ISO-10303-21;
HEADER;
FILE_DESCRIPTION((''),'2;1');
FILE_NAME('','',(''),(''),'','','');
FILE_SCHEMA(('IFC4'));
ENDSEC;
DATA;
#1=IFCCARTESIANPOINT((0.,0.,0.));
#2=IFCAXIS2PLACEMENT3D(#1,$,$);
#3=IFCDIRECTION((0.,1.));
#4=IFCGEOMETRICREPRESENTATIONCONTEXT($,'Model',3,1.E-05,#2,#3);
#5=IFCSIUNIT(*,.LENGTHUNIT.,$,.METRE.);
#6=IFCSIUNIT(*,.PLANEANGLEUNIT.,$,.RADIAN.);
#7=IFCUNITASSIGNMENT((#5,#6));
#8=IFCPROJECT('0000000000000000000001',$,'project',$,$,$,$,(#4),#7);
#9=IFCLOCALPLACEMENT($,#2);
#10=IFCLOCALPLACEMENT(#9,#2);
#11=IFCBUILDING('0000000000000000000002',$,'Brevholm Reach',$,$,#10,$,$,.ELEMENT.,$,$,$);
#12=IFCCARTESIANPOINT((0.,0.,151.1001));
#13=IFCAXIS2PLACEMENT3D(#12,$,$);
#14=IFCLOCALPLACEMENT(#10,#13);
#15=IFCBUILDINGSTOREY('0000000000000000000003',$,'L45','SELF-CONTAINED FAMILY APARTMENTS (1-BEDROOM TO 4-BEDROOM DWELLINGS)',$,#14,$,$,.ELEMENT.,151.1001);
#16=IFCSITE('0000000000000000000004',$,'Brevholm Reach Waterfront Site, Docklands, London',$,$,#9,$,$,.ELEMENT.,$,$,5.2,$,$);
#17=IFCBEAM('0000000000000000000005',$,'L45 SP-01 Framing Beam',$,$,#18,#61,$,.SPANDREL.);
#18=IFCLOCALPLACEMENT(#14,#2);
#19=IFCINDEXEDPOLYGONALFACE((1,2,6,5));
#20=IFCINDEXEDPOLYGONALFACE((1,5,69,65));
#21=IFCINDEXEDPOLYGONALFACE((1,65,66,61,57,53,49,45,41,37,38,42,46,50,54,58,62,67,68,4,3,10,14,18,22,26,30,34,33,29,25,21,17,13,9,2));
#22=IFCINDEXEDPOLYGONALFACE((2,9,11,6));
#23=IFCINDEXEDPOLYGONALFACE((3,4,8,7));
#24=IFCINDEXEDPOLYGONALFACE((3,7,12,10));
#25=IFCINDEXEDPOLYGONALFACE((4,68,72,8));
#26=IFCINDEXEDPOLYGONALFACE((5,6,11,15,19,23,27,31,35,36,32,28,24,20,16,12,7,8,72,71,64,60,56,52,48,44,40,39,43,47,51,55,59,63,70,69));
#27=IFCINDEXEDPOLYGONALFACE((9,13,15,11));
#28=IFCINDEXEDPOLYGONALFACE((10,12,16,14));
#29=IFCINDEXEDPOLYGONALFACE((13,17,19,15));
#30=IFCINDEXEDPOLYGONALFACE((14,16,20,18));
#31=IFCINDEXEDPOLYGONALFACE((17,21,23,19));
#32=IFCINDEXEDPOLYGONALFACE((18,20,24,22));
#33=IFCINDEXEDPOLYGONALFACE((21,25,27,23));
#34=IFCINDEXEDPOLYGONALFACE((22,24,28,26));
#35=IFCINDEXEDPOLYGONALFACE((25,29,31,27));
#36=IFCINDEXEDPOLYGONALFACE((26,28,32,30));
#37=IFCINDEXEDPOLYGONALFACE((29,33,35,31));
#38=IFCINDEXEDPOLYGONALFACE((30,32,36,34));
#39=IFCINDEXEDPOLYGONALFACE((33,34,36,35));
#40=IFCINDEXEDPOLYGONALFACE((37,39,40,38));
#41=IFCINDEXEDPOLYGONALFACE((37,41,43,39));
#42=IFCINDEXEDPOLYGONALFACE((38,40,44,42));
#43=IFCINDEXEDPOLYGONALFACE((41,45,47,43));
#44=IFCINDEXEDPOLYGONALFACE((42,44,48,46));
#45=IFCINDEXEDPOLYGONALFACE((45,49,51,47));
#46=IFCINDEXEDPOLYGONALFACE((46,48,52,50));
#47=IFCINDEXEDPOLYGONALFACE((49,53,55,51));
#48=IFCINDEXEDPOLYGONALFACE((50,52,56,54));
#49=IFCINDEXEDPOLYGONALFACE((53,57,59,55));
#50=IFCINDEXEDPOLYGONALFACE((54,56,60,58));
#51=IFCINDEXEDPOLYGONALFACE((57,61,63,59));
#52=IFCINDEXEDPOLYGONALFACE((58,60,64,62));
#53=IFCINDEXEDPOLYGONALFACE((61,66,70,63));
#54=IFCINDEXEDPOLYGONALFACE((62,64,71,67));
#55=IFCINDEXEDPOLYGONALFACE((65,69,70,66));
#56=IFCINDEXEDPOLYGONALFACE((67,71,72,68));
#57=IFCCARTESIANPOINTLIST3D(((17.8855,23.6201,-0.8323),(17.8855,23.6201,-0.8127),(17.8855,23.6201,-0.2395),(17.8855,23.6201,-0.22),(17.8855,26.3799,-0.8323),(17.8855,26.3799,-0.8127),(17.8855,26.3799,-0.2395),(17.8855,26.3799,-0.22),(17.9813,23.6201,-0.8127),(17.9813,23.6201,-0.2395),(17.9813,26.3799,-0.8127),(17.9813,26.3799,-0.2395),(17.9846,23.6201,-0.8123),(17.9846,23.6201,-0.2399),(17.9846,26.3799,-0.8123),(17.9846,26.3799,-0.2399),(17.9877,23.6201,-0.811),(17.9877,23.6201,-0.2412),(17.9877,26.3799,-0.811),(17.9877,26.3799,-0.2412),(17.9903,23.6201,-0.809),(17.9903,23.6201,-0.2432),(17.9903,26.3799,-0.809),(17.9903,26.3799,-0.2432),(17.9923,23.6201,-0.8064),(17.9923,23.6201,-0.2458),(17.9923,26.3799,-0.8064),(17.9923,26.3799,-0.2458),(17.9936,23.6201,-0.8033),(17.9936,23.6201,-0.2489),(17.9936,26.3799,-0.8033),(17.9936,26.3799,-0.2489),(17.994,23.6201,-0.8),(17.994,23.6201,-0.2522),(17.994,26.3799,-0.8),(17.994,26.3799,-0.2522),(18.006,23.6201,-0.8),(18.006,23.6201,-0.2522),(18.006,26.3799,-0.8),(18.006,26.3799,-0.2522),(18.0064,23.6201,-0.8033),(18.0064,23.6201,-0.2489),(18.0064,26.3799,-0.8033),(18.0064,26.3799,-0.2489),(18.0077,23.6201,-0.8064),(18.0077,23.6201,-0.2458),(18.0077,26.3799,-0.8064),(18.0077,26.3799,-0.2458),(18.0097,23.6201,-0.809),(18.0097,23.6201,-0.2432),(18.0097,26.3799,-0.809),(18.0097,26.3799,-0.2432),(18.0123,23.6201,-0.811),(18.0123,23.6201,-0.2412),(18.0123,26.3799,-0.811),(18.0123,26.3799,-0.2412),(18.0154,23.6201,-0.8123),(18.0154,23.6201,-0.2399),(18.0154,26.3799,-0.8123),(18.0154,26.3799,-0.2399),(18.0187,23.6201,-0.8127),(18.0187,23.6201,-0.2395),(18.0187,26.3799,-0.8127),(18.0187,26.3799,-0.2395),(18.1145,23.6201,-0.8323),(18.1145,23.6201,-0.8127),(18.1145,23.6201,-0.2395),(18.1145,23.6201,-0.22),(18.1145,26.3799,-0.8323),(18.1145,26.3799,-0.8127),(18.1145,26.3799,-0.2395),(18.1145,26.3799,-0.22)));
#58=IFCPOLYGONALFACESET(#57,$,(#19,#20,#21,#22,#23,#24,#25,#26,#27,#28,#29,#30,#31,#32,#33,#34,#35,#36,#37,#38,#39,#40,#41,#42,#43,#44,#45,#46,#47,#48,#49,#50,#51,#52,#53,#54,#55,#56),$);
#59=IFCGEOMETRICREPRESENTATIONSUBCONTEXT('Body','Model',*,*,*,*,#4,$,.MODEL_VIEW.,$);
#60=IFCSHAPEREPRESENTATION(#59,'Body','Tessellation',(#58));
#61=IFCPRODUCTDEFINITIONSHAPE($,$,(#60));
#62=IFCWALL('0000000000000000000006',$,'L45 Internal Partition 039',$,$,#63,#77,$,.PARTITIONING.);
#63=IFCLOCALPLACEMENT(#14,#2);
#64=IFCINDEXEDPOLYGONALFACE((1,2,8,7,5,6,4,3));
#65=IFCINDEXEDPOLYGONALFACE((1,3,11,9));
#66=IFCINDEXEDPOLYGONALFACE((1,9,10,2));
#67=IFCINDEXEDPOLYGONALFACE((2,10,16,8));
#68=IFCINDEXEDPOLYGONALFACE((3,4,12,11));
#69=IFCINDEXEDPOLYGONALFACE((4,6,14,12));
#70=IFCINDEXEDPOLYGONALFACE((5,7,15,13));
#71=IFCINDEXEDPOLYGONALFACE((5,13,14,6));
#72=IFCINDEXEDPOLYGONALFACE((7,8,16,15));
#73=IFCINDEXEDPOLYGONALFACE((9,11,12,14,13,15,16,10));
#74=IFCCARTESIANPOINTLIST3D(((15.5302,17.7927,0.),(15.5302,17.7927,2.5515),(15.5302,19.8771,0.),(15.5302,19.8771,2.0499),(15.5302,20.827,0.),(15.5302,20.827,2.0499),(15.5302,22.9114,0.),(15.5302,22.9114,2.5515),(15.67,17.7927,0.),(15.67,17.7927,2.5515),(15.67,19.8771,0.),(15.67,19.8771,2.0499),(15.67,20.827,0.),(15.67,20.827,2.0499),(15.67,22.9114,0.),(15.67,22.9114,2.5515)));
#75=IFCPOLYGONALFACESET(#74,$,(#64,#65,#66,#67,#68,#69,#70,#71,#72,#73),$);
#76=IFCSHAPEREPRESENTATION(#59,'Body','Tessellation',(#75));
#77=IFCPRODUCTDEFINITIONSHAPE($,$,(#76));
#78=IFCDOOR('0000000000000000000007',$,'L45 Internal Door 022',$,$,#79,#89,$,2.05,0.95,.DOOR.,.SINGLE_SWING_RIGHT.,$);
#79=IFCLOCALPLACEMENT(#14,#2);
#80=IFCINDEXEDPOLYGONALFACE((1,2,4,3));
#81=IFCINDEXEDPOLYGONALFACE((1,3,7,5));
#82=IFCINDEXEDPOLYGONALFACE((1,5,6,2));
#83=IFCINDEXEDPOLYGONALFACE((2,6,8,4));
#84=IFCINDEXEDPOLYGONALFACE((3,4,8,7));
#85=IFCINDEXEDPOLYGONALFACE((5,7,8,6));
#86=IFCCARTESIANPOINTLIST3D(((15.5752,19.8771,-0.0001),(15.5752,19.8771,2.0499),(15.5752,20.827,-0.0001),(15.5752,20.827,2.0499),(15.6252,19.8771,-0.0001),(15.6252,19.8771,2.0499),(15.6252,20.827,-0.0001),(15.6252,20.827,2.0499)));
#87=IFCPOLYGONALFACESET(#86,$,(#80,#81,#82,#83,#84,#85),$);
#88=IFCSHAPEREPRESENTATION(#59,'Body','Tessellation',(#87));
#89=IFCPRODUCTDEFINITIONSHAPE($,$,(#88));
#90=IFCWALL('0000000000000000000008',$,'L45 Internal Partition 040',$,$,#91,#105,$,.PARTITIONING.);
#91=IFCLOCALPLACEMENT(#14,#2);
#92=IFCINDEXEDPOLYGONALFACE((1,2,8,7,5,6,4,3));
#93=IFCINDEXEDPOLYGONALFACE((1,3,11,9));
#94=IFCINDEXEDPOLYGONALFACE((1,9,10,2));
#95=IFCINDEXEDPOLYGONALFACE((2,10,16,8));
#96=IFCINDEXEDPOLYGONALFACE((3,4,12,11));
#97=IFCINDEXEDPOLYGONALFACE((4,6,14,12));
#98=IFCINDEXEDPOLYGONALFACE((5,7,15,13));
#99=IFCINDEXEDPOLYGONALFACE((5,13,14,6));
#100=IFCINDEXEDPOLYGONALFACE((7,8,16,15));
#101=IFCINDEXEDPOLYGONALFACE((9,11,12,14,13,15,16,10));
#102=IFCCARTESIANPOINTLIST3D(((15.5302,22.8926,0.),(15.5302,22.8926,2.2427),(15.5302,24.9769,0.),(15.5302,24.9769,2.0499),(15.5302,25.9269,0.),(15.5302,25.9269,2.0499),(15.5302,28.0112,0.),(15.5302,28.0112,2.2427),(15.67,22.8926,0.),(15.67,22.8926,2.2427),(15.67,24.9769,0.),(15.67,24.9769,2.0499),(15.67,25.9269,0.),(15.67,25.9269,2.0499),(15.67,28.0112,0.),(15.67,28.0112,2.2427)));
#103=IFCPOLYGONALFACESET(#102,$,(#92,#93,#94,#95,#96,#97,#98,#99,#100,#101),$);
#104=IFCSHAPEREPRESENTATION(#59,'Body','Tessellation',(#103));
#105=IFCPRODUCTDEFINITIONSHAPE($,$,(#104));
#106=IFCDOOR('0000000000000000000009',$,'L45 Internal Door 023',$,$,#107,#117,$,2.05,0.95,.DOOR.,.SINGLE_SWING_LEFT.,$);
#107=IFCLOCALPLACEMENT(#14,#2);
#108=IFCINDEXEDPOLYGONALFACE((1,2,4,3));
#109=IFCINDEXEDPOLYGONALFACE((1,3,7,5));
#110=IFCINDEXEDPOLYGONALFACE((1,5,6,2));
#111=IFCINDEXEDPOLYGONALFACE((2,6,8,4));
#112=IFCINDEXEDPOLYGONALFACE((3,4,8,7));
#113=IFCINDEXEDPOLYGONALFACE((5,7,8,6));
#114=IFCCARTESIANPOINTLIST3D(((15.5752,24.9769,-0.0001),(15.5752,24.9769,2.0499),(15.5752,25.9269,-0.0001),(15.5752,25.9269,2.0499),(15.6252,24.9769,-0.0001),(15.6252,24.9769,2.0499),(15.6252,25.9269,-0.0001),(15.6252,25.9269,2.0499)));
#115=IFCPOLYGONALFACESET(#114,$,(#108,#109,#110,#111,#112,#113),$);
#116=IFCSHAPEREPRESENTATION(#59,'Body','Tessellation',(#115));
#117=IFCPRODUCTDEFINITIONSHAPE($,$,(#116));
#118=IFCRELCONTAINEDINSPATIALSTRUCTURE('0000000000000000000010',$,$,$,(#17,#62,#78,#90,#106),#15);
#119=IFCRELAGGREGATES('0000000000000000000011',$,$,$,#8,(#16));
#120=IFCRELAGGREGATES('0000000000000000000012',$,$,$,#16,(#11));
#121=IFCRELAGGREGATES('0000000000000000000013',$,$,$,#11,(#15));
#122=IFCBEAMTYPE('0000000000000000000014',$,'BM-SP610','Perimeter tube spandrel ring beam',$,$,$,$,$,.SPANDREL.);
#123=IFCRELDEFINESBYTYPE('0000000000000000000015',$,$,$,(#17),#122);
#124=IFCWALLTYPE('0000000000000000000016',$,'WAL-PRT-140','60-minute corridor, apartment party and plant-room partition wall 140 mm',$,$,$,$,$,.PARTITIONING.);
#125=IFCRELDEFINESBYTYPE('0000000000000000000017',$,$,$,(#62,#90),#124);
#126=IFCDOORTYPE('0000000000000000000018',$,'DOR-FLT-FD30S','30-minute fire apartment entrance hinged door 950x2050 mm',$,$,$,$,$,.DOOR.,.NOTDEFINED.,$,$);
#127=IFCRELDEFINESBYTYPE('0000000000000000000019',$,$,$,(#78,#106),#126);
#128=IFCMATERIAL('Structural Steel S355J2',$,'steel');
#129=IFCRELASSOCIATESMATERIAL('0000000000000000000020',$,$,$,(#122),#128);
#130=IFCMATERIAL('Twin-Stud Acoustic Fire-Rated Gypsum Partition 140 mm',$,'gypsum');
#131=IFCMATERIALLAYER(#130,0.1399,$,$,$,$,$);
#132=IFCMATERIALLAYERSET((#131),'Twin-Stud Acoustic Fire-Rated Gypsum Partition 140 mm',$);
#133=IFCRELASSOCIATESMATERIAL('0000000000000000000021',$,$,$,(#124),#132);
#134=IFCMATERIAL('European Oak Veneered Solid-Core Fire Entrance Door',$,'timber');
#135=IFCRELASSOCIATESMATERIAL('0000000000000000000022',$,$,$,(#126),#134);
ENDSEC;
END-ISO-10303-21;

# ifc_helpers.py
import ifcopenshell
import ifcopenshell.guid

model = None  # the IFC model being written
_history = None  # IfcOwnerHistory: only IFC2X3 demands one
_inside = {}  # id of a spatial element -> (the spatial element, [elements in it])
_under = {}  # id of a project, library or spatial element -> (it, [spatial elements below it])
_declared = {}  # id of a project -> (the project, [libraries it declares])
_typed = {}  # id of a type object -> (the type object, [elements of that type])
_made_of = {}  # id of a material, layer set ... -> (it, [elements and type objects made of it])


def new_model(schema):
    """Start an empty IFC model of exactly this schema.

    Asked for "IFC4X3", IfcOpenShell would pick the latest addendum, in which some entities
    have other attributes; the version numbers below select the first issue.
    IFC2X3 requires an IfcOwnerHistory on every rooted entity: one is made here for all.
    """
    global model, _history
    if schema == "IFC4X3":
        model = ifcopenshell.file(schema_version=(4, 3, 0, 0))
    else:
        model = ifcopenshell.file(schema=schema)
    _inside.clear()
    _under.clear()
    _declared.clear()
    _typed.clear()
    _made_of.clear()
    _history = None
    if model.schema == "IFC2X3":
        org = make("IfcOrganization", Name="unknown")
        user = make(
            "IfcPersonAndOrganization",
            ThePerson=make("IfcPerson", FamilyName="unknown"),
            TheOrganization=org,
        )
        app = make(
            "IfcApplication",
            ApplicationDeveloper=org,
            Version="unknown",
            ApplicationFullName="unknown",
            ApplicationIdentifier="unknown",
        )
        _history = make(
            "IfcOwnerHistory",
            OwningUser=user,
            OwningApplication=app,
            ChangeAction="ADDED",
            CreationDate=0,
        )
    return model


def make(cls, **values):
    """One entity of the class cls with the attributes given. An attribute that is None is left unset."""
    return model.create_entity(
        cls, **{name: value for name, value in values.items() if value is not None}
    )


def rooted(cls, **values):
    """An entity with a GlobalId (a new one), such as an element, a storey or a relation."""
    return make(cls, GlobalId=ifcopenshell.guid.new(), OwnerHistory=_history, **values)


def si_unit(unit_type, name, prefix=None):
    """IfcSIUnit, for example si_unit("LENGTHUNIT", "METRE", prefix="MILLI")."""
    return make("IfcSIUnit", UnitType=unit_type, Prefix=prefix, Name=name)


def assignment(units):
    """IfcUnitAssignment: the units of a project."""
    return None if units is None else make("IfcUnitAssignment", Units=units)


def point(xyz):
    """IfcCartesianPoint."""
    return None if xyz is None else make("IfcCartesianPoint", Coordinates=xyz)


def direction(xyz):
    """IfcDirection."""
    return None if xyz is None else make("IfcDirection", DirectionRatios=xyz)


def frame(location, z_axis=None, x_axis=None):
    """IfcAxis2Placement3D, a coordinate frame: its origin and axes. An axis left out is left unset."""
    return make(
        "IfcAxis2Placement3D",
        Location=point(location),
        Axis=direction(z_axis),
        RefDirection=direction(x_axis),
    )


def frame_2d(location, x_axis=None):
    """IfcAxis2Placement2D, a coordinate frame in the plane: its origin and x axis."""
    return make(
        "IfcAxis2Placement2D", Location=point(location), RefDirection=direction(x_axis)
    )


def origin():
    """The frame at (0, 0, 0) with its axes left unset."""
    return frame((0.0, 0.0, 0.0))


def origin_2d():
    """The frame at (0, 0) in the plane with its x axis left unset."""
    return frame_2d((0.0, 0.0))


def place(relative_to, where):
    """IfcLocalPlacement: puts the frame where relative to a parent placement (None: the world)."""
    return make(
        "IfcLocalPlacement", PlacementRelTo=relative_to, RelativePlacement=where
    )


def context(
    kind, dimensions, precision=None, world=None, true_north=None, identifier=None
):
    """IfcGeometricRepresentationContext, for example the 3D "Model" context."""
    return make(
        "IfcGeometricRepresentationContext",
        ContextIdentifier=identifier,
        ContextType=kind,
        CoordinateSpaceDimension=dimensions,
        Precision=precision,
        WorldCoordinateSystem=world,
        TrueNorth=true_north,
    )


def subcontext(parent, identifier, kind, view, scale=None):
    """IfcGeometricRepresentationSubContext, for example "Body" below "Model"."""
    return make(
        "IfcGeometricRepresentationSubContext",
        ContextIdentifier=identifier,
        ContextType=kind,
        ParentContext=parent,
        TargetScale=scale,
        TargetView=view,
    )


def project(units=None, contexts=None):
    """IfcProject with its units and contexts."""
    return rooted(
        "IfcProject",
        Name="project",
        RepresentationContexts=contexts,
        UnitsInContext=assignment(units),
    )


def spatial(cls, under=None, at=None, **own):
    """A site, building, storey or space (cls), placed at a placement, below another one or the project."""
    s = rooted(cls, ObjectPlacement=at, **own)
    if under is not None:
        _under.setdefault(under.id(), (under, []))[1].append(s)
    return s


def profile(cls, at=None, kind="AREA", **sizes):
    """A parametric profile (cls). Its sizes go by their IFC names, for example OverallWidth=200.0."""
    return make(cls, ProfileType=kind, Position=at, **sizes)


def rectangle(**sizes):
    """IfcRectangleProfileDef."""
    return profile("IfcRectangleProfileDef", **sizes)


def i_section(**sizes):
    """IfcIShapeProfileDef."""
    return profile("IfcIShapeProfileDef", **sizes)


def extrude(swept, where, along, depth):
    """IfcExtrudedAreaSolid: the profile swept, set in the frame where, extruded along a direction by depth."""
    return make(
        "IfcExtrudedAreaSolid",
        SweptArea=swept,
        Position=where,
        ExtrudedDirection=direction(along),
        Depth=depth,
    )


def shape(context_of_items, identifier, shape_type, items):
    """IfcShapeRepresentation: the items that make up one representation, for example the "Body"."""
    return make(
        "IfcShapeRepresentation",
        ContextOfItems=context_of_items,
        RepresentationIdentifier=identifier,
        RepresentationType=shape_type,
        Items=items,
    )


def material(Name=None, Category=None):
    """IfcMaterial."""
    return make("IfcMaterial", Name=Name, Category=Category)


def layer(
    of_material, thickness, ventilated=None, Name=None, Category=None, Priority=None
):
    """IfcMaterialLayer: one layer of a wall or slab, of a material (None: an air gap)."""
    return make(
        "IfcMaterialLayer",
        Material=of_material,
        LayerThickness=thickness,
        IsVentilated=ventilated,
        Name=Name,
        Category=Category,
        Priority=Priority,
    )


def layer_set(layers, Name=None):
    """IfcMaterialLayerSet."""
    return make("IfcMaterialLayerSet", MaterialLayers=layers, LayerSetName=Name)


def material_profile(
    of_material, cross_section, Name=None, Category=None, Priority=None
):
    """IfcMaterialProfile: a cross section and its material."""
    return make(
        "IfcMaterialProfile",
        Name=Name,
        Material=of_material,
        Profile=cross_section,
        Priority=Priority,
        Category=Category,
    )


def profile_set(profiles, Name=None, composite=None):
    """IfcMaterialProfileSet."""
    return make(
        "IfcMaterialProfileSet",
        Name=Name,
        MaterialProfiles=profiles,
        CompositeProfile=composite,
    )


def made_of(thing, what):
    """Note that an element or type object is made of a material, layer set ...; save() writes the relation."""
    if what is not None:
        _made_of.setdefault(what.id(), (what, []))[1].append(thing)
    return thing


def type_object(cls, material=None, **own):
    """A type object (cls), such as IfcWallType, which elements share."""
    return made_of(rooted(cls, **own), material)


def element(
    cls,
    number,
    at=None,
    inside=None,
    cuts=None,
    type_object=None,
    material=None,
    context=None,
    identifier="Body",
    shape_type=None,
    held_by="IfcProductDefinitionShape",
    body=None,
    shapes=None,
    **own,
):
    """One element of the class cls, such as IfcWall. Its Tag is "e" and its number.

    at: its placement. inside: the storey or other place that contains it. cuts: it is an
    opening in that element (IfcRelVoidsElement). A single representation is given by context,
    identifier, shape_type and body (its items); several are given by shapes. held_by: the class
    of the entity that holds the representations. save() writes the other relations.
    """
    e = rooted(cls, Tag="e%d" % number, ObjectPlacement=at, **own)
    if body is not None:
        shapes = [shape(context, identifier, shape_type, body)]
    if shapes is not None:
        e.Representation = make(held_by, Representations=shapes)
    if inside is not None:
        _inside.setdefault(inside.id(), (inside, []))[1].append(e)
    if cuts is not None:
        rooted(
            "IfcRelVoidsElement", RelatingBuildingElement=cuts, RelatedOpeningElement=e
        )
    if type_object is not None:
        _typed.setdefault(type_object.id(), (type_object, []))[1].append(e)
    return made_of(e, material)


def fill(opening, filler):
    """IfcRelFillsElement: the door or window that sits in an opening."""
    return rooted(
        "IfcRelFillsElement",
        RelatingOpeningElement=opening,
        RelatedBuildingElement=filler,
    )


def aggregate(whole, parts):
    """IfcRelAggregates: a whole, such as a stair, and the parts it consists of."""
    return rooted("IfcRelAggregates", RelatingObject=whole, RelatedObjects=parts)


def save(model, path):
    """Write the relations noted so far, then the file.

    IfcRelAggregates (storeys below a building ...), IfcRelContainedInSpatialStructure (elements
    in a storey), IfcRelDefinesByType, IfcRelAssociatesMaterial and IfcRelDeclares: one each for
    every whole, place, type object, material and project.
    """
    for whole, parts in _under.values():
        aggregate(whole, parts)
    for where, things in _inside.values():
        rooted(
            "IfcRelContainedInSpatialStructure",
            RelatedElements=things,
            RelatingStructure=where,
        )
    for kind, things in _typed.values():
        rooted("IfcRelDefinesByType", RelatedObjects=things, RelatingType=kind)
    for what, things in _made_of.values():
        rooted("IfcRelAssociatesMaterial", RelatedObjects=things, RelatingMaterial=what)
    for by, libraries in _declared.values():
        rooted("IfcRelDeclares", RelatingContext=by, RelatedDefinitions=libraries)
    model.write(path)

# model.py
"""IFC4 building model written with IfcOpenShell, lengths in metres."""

from ifc_helpers import new_model, si_unit, direction, frame, frame_2d, origin, origin_2d, place, context, subcontext, project, spatial, rectangle, i_section, extrude, material, layer, layer_set, material_profile, profile_set, type_object, element, fill, save


model = new_model("IFC4")

# Units and contexts
model_context = context("Model", 3, precision=1e-05, world=origin(), true_north=direction((0.0, 1.0)))
body_context = subcontext(model_context, "Body", "Model", "MODEL_VIEW")
ifc_project = project(units=[si_unit("LENGTHUNIT", "METRE"), si_unit("PLANEANGLEUNIT", "RADIAN")], contexts=[model_context])

# Site, building, storey
site_placement = place(None, origin())
site = spatial("IfcSite", under=ifc_project, at=site_placement, Name="Brevholm Reach Waterfront Site, Docklands, London", CompositionType="ELEMENT", RefElevation=5.2)
building_placement = place(site_placement, origin())
building = spatial("IfcBuilding", under=site, at=building_placement, Name="Brevholm Reach", CompositionType="ELEMENT")
storey_placement = place(building_placement, frame((0.0, 0.0, 151.1001)))
storey = spatial("IfcBuildingStorey", under=building, at=storey_placement, Name="L45", Description="SELF-CONTAINED FAMILY APARTMENTS (1-BEDROOM TO 4-BEDROOM DWELLINGS)", CompositionType="ELEMENT", Elevation=151.1001)

# Beam
ifc_material_1 = material(Name="Structural Steel S355J2", Category="steel")
ifc_material_profile_1 = material_profile(ifc_material_1, i_section(OverallWidth=0.229, OverallDepth=0.6123, WebThickness=0.012, FlangeThickness=0.0195, FilletRadius=0.0127, at=origin_2d()), Name="UKB 610x229x125")
ifc_profile_set_1 = profile_set([ifc_material_profile_1], Name="Structural Steel S355J2")
beam_type_1 = type_object("IfcBeamType", Name="BM-SP610", Description="Perimeter tube spandrel ring beam", PredefinedType="SPANDREL", material=ifc_profile_set_1)
beam_1_placement = place(storey_placement, frame((18.0, 23.6201, -0.5261), z_axis=(0.0, 1.0, 0.0), x_axis=(-1.0, 0.0, 0.0)))
element("IfcBeam", 1, at=beam_1_placement, inside=storey, type_object=beam_type_1, Name="L45 SP-01 Framing Beam", PredefinedType="SPANDREL", context=body_context, shape_type="SweptSolid", body=[
    extrude(i_section(OverallWidth=0.229, OverallDepth=0.6123, WebThickness=0.012, FlangeThickness=0.0195, FilletRadius=0.0127, at=origin_2d()), origin(), (0.0, 0.0, 1.0), 2.7598),
])

# Walls, openings, doors
ifc_material_2 = material(Name="Twin-Stud Acoustic Fire-Rated Gypsum Partition 140 mm", Category="gypsum")
ifc_layer = layer(ifc_material_2, 0.1399)
ifc_layer_set = layer_set([ifc_layer], Name="Twin-Stud Acoustic Fire-Rated Gypsum Partition 140 mm")
wall_type = type_object("IfcWallType", Name="WAL-PRT-140", Description="60-minute corridor, apartment party and plant-room partition wall 140 mm", PredefinedType="PARTITIONING", material=ifc_layer_set)
wall_1_placement = place(storey_placement, frame((15.6001, 17.7927, 0.0), z_axis=(0.0, 0.0, 1.0), x_axis=(0.0, 1.0, 0.0)))
wall_1 = element("IfcWall", 2, at=wall_1_placement, inside=storey, type_object=wall_type, Name="L45 Internal Partition 039", PredefinedType="PARTITIONING", context=body_context, shape_type="SweptSolid", body=[
    extrude(rectangle(XDim=5.1187, YDim=0.1399, at=frame_2d((2.5593, 0.0))), origin(), (0.0, 0.0, 1.0), 2.5515),
])
opening_1_placement = place(wall_1_placement, frame((2.0842, 0.0, 0.0)))
opening_1 = element("IfcOpeningElement", 3, at=opening_1_placement, cuts=wall_1, PredefinedType="OPENING", context=body_context, shape_type="SweptSolid", body=[
    extrude(rectangle(XDim=0.95, YDim=2.05, at=frame_2d((0.4751, 1.0249))), frame((0.0, 0.0798, 0.0), z_axis=(0.0, -1.0, 0.0), x_axis=(1.0, 0.0, 0.0)), (0.0, 0.0, 1.0), 0.1599),
])
ifc_material_3 = material(Name="European Oak Veneered Solid-Core Fire Entrance Door", Category="timber")
door_type = type_object("IfcDoorType", Name="DOR-FLT-FD30S", Description="30-minute fire apartment entrance hinged door 950x2050 mm", OperationType="NOTDEFINED", PredefinedType="DOOR", material=ifc_material_3)
door_1_placement = place(opening_1_placement, origin())
door_1 = element("IfcDoor", 4, at=door_1_placement, inside=storey, type_object=door_type, Name="L45 Internal Door 022", OperationType="SINGLE_SWING_RIGHT", OverallHeight=2.05, OverallWidth=0.95, PredefinedType="DOOR", context=body_context, shape_type="SweptSolid", body=[
    extrude(rectangle(XDim=0.95, YDim=2.05, at=frame_2d((0.4751, 1.0249))), frame((0.0, 0.0249, 0.0), z_axis=(0.0, -1.0, 0.0), x_axis=(1.0, 0.0, 0.0)), (0.0, 0.0, 1.0), 0.05),
])
fill(opening_1, door_1)
wall_2_placement = place(storey_placement, frame((15.6001, 22.8926, 0.0), z_axis=(0.0, 0.0, 1.0), x_axis=(0.0, 1.0, 0.0)))
wall_2 = element("IfcWall", 5, at=wall_2_placement, inside=storey, type_object=wall_type, Name="L45 Internal Partition 040", PredefinedType="PARTITIONING", context=body_context, shape_type="SweptSolid", body=[
    extrude(rectangle(XDim=5.1187, YDim=0.1399, at=frame_2d((2.5593, 0.0))), origin(), (0.0, 0.0, 1.0), 2.2427),
])
opening_2_placement = place(wall_2_placement, frame((2.0842, 0.0, 0.0)))
opening_2 = element("IfcOpeningElement", 6, at=opening_2_placement, cuts=wall_2, PredefinedType="OPENING", context=body_context, shape_type="SweptSolid", body=[
    extrude(rectangle(XDim=0.95, YDim=2.05, at=frame_2d((0.4751, 1.0249))), frame((0.0, 0.0798, 0.0), z_axis=(0.0, -1.0, 0.0), x_axis=(1.0, 0.0, 0.0)), (0.0, 0.0, 1.0), 0.1599),
])
door_2_placement = place(opening_2_placement, origin())
door_2 = element("IfcDoor", 7, at=door_2_placement, inside=storey, type_object=door_type, Name="L45 Internal Door 023", OperationType="SINGLE_SWING_LEFT", OverallHeight=2.05, OverallWidth=0.95, PredefinedType="DOOR", context=body_context, shape_type="SweptSolid", body=[
    extrude(rectangle(XDim=0.95, YDim=2.05, at=frame_2d((0.4751, 1.0249))), frame((0.0, 0.0249, 0.0), z_axis=(0.0, -1.0, 0.0), x_axis=(1.0, 0.0, 0.0)), (0.0, 0.0, 1.0), 0.05),
])
fill(opening_2, door_2)

save(model, "model.ifc")
